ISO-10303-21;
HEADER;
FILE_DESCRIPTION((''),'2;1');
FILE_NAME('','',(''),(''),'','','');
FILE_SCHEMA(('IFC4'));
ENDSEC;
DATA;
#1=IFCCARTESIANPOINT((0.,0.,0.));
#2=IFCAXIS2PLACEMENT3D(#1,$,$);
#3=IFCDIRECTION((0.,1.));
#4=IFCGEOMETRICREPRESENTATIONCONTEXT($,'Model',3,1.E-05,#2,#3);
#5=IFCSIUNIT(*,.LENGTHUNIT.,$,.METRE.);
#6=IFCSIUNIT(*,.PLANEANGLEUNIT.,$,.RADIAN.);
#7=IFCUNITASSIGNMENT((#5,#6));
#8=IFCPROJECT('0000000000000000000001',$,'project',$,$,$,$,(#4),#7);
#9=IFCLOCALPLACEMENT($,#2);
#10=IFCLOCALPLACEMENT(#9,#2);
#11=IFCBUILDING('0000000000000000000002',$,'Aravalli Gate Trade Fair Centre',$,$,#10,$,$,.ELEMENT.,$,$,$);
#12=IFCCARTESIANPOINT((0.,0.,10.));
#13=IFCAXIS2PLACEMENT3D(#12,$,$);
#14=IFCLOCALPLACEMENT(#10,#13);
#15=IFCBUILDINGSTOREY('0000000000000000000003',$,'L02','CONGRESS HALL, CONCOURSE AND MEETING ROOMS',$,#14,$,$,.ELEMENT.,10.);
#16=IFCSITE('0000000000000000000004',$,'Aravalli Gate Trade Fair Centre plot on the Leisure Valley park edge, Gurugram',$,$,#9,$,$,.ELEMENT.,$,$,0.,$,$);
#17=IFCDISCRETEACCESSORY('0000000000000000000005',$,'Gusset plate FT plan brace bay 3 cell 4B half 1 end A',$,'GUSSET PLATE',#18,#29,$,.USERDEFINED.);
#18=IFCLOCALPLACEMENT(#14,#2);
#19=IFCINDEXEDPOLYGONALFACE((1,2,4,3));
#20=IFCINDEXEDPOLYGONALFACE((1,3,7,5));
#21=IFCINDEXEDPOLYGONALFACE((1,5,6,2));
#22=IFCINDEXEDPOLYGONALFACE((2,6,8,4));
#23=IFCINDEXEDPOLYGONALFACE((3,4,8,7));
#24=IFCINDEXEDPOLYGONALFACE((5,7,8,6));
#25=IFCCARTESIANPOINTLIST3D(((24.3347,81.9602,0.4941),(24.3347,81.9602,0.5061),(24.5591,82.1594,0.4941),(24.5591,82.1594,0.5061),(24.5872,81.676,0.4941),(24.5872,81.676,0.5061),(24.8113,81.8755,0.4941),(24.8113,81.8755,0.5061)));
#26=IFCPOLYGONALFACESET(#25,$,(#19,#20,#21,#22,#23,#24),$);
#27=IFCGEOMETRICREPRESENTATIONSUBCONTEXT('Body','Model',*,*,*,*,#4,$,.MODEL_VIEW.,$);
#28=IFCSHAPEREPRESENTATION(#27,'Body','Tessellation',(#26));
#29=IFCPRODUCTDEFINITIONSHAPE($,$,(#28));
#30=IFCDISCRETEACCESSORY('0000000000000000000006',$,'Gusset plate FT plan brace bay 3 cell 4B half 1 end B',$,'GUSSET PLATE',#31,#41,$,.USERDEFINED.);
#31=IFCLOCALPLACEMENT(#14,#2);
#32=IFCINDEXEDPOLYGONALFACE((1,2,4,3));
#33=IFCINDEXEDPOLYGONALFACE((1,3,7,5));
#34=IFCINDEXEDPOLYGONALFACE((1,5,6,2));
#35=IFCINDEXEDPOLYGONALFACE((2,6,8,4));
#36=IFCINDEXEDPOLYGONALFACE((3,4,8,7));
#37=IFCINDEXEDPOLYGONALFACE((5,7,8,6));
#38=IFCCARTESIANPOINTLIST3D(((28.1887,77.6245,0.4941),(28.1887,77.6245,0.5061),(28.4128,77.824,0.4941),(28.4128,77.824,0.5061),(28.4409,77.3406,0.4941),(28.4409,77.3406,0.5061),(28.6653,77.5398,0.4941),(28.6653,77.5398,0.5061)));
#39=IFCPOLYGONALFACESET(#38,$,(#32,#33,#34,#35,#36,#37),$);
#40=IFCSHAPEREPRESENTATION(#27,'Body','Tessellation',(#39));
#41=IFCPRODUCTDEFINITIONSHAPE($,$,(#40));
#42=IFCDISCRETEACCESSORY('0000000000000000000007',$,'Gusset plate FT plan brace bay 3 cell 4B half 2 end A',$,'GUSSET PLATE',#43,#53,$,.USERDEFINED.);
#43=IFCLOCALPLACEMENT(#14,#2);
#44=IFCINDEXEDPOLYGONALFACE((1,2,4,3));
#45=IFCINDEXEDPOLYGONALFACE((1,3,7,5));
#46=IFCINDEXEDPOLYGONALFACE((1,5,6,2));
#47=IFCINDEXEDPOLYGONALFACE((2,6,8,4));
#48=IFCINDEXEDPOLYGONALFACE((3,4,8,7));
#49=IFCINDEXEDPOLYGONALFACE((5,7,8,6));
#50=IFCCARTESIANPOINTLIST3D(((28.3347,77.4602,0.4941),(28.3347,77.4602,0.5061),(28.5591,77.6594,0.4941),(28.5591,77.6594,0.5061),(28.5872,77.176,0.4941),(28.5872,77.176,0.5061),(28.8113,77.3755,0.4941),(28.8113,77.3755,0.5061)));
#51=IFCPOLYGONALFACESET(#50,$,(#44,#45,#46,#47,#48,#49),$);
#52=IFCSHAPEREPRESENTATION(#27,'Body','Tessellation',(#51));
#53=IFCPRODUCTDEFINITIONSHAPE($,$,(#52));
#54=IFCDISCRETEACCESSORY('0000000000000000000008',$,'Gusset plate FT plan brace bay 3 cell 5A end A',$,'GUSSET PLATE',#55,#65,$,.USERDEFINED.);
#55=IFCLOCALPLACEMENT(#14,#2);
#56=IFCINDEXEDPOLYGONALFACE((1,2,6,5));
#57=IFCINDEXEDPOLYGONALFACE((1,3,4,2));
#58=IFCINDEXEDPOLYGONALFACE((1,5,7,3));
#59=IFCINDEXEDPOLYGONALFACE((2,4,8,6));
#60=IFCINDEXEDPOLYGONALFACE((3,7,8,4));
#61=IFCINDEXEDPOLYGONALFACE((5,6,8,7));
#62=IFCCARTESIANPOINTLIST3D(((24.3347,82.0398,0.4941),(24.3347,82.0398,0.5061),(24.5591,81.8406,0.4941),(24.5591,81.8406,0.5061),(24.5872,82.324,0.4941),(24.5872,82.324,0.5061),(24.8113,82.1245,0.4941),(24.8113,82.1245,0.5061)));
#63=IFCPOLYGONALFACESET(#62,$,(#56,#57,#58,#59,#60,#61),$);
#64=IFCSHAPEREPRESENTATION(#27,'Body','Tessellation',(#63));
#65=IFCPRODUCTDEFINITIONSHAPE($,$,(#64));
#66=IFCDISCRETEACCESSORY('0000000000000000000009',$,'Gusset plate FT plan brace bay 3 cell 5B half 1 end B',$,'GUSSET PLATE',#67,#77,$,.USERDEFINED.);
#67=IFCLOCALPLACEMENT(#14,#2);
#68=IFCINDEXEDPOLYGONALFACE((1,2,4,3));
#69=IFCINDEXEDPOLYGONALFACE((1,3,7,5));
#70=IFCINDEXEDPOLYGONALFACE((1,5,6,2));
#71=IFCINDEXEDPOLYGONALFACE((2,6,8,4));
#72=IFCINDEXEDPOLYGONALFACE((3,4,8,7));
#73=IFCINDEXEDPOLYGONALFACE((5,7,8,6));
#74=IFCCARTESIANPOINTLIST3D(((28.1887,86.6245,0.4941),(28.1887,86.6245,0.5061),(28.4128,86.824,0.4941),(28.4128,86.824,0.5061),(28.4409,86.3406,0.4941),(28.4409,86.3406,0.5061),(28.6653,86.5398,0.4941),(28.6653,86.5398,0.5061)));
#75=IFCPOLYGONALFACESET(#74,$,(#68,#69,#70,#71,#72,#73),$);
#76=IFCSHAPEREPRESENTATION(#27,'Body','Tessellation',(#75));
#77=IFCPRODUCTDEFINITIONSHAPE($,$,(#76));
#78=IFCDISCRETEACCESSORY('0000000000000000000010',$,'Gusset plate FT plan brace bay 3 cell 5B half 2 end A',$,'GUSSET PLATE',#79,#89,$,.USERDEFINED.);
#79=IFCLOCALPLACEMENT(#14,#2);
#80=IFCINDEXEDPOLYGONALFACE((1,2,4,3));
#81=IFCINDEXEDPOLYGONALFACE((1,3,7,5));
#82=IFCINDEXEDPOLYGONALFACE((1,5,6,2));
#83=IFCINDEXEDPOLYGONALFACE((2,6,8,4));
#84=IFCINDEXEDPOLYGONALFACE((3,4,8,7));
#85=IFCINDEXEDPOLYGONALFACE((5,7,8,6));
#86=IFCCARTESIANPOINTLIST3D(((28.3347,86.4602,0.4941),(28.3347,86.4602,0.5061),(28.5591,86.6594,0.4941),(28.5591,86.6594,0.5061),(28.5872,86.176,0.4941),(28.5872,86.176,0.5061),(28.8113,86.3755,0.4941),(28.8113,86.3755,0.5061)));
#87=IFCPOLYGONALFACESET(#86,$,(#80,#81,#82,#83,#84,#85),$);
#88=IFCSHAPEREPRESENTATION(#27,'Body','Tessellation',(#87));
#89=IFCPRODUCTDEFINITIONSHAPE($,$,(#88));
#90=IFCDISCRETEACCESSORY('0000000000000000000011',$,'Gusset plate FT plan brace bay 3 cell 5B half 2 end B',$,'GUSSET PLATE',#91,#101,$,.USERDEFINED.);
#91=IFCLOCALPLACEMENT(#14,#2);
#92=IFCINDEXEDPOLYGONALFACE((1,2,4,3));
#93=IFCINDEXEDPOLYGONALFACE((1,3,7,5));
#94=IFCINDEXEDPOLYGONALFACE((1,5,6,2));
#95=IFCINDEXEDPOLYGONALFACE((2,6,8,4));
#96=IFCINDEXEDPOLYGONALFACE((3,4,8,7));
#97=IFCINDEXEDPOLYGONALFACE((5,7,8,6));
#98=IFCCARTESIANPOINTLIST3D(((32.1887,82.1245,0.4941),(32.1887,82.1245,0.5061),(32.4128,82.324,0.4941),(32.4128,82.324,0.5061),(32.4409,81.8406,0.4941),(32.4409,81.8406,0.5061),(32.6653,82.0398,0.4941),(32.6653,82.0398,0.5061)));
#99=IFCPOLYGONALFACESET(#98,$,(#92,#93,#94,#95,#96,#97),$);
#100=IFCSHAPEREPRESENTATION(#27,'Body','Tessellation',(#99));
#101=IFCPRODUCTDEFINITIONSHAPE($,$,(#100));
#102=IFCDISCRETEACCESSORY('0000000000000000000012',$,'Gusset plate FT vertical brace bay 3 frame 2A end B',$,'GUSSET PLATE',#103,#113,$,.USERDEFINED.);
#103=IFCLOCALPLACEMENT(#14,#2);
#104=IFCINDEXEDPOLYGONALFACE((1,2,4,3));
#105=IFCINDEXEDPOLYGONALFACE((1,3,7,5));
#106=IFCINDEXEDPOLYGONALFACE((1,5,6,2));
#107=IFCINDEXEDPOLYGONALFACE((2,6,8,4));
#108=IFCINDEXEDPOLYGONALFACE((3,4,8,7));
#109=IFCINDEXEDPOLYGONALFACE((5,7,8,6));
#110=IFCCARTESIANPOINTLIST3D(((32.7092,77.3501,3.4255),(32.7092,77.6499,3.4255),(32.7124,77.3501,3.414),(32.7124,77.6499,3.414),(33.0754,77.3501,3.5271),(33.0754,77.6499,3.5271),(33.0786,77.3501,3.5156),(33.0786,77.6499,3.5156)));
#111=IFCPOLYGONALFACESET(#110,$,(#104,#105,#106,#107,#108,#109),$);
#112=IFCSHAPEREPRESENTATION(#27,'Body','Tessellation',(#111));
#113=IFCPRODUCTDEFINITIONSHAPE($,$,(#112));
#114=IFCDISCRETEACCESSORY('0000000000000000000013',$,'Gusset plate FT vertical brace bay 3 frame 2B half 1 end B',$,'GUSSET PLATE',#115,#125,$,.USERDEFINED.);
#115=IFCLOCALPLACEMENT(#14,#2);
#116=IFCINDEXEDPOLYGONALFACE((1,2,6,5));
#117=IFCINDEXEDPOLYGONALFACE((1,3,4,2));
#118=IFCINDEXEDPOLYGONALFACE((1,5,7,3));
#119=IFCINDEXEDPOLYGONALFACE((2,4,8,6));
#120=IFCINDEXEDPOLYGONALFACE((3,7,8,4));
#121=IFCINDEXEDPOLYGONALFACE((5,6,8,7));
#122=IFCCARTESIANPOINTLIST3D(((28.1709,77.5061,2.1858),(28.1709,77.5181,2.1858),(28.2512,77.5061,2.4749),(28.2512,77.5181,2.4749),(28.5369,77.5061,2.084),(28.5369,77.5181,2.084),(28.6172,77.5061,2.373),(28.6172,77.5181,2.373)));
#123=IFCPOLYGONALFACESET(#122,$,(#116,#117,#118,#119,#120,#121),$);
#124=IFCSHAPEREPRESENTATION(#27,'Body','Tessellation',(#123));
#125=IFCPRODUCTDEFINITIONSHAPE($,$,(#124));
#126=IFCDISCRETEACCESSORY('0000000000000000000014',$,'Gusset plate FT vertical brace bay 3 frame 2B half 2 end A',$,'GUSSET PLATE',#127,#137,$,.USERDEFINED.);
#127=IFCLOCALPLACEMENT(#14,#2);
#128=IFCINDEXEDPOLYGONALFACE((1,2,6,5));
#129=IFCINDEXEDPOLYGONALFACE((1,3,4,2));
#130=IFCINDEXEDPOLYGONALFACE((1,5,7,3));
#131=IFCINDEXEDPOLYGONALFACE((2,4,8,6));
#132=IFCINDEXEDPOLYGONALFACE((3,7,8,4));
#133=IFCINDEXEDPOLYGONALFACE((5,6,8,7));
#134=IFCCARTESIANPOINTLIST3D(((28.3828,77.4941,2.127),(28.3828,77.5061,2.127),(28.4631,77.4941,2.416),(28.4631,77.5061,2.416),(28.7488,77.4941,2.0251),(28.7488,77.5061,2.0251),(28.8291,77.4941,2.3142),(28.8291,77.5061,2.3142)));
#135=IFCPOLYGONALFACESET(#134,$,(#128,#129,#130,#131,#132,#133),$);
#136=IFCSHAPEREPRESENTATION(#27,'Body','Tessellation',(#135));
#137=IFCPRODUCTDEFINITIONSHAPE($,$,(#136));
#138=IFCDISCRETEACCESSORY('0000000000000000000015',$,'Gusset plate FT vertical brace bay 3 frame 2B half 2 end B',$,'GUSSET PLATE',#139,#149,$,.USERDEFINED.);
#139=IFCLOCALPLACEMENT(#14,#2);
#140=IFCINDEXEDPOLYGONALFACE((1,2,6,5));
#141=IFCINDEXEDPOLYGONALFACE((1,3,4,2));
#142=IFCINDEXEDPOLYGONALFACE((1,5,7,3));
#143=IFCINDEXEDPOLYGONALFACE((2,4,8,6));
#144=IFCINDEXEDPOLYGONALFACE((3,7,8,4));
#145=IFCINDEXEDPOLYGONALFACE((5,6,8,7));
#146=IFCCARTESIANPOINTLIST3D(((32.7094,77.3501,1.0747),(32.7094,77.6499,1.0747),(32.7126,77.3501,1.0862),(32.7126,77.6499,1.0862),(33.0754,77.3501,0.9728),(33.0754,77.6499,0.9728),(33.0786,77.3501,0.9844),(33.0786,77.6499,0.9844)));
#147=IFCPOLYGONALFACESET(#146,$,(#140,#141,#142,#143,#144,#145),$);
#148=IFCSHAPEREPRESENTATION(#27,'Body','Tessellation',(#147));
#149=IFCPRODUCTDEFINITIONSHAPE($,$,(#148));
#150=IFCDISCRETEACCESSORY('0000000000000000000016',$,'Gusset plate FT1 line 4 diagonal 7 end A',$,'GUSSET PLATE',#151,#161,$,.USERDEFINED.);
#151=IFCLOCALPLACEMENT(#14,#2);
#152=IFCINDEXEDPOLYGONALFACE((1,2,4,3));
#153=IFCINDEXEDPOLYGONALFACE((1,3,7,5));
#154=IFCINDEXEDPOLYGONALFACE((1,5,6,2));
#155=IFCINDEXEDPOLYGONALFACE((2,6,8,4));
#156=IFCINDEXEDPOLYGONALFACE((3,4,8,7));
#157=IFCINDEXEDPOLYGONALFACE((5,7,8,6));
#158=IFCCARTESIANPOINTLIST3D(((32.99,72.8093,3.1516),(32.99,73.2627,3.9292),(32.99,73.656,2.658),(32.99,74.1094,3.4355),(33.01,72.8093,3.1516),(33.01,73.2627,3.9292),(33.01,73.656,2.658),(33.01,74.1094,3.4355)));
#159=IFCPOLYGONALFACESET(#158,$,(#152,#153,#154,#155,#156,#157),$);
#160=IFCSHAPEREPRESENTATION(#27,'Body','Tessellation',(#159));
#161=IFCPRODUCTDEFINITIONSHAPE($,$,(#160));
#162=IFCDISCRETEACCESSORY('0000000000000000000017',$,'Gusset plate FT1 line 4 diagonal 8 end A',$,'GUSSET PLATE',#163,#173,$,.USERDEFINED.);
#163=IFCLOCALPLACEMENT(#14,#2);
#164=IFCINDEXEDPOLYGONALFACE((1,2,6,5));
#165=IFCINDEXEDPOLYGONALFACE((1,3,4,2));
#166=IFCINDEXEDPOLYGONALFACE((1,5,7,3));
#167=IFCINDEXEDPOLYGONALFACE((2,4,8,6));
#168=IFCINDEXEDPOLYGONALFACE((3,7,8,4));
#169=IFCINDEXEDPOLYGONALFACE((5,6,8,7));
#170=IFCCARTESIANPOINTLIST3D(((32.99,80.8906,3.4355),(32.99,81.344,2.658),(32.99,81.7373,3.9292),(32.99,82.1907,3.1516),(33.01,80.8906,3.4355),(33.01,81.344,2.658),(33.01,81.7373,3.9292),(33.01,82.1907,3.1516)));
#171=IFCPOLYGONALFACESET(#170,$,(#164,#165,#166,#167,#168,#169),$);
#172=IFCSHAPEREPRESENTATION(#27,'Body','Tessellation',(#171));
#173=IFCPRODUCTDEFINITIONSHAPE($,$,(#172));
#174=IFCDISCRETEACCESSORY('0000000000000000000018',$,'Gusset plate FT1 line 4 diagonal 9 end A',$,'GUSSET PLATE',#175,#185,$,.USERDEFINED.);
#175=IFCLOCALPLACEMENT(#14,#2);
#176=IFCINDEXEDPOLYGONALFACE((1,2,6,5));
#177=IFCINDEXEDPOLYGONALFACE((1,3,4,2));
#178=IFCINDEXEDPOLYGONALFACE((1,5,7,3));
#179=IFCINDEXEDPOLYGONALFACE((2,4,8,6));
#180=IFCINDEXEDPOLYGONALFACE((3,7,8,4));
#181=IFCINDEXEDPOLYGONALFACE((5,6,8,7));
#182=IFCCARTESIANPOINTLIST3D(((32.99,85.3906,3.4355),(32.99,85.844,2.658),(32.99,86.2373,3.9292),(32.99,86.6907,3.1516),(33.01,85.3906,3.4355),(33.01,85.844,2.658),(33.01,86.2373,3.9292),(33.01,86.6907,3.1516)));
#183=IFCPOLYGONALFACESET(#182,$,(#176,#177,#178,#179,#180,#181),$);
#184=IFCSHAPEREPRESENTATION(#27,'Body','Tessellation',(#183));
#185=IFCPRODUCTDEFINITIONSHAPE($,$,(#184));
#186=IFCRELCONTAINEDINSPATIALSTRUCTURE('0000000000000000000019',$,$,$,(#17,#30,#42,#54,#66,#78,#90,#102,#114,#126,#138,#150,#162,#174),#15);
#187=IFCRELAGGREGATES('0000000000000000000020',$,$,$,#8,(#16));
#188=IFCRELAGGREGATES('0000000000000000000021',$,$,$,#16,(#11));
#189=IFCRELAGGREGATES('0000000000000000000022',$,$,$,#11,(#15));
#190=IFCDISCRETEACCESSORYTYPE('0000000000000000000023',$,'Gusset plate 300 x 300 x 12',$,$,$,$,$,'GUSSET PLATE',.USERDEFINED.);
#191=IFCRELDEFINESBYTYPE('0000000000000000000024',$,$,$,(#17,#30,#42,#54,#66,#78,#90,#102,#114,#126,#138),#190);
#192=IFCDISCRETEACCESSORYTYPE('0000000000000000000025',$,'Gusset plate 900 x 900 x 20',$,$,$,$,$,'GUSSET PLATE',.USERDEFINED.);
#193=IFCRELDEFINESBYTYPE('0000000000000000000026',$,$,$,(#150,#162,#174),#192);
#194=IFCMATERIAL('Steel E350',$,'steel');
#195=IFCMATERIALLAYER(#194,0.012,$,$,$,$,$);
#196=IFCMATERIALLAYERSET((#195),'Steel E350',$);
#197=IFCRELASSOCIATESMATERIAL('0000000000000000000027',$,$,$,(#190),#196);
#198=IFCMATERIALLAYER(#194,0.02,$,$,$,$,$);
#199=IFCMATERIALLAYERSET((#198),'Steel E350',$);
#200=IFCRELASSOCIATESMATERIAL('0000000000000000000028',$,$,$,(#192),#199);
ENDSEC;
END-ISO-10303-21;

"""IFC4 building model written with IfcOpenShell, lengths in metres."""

from ifc_helpers import new_model, si_unit, direction, frame, origin, place, context, subcontext, project, spatial, polyline, outline, extrude, material, layer, layer_set, type_object, element, save


model = new_model("IFC4")

# Units and contexts
model_context = context("Model", 3, precision=1e-05, world=origin(), true_north=direction((0.0, 1.0)))
body_context = subcontext(model_context, "Body", "Model", "MODEL_VIEW")
ifc_project = project(units=[si_unit("LENGTHUNIT", "METRE"), si_unit("PLANEANGLEUNIT", "RADIAN")], contexts=[model_context])

# Site, building, storey
site_placement = place(None, origin())
site = spatial("IfcSite", under=ifc_project, at=site_placement, Name="Aravalli Gate Trade Fair Centre plot on the Leisure Valley park edge, Gurugram", CompositionType="ELEMENT", RefElevation=0.0)
building_placement = place(site_placement, origin())
building = spatial("IfcBuilding", under=site, at=building_placement, Name="Aravalli Gate Trade Fair Centre", CompositionType="ELEMENT")
storey_placement = place(building_placement, frame((0.0, 0.0, 10.0)))
storey = spatial("IfcBuildingStorey", under=building, at=storey_placement, Name="L02", Description="CONGRESS HALL, CONCOURSE AND MEETING ROOMS", CompositionType="ELEMENT", Elevation=10.0)

# Shared definitions
ifc_material = material(Name="Steel E350", Category="steel")

# Discrete accessories
ifc_layer_1 = layer(ifc_material, 0.012)
ifc_layer_set_1 = layer_set([ifc_layer_1], Name="Steel E350")
discrete_accessory_type_1 = type_object("IfcDiscreteAccessoryType", Name="Gusset plate 300 x 300 x 12", ElementType="GUSSET PLATE", PredefinedType="USERDEFINED", material=ifc_layer_set_1)
discrete_accessory_1_placement = place(storey_placement, frame((24.5872, 81.676, 0.5061), z_axis=(0.0, 0.0, 1.0), x_axis=(-0.664125, 0.747622, 0.0)))
element("IfcDiscreteAccessory", 1, at=discrete_accessory_1_placement, inside=storey, type_object=discrete_accessory_type_1, Name="Gusset plate FT plan brace bay 3 cell 4B half 1 end A", ObjectType="GUSSET PLATE", PredefinedType="USERDEFINED", context=body_context, shape_type="SweptSolid", body=[
    extrude(outline(polyline([(0.0, 0.0), (0.3801, 0.0), (0.38, -0.3), (0.0003, -0.3), (0.0, 0.0)])), origin(), (0.0, 0.0, -1.0), 0.012),
])
discrete_accessory_2_placement = place(storey_placement, frame((28.1887, 77.6245, 0.5061), z_axis=(0.0, 0.0, 1.0), x_axis=(0.664084, -0.747658, 0.0)))
element("IfcDiscreteAccessory", 2, at=discrete_accessory_2_placement, inside=storey, type_object=discrete_accessory_type_1, Name="Gusset plate FT plan brace bay 3 cell 4B half 1 end B", ObjectType="GUSSET PLATE", PredefinedType="USERDEFINED", context=body_context, shape_type="SweptSolid", body=[
    extrude(outline(polyline([(0.0, 0.0), (0.3798, 0.0), (0.3798, 0.3), (-0.0003, 0.3), (0.0, 0.0)])), origin(), (0.0, 0.0, -1.0), 0.012),
])
discrete_accessory_3_placement = place(storey_placement, frame((28.5872, 77.176, 0.5061), z_axis=(0.0, 0.0, 1.0), x_axis=(-0.664125, 0.747622, 0.0)))
element("IfcDiscreteAccessory", 3, at=discrete_accessory_3_placement, inside=storey, type_object=discrete_accessory_type_1, Name="Gusset plate FT plan brace bay 3 cell 4B half 2 end A", ObjectType="GUSSET PLATE", PredefinedType="USERDEFINED", context=body_context, shape_type="SweptSolid", body=[
    extrude(outline(polyline([(0.0, 0.0), (0.3801, 0.0), (0.38, -0.3), (0.0003, -0.3), (0.0, 0.0)])), origin(), (0.0, 0.0, -1.0), 0.012),
])
discrete_accessory_4_placement = place(storey_placement, frame((24.8113, 82.1245, 0.5061), z_axis=(0.0, 0.0, 1.0), x_axis=(-0.664084, -0.747658, 0.0)))
element("IfcDiscreteAccessory", 4, at=discrete_accessory_4_placement, inside=storey, type_object=discrete_accessory_type_1, Name="Gusset plate FT plan brace bay 3 cell 5A end A", ObjectType="GUSSET PLATE", PredefinedType="USERDEFINED", context=body_context, shape_type="SweptSolid", body=[
    extrude(outline(polyline([(0.0, 0.0), (0.3798, 0.0), (0.3798, -0.3), (-0.0003, -0.3), (0.0, 0.0)])), origin(), (0.0, 0.0, -1.0), 0.012),
])
discrete_accessory_5_placement = place(storey_placement, frame((28.1887, 86.6245, 0.5061), z_axis=(0.0, 0.0, 1.0), x_axis=(0.664084, -0.747658, 0.0)))
element("IfcDiscreteAccessory", 5, at=discrete_accessory_5_placement, inside=storey, type_object=discrete_accessory_type_1, Name="Gusset plate FT plan brace bay 3 cell 5B half 1 end B", ObjectType="GUSSET PLATE", PredefinedType="USERDEFINED", context=body_context, shape_type="SweptSolid", body=[
    extrude(outline(polyline([(0.0, 0.0), (0.3798, 0.0), (0.3798, 0.3), (-0.0003, 0.3), (0.0, 0.0)])), origin(), (0.0, 0.0, -1.0), 0.012),
])
discrete_accessory_6_placement = place(storey_placement, frame((28.5872, 86.176, 0.5061), z_axis=(0.0, 0.0, 1.0), x_axis=(-0.664125, 0.747622, 0.0)))
element("IfcDiscreteAccessory", 6, at=discrete_accessory_6_placement, inside=storey, type_object=discrete_accessory_type_1, Name="Gusset plate FT plan brace bay 3 cell 5B half 2 end A", ObjectType="GUSSET PLATE", PredefinedType="USERDEFINED", context=body_context, shape_type="SweptSolid", body=[
    extrude(outline(polyline([(0.0, 0.0), (0.3801, 0.0), (0.38, -0.3), (0.0003, -0.3), (0.0, 0.0)])), origin(), (0.0, 0.0, -1.0), 0.012),
])
discrete_accessory_7_placement = place(storey_placement, frame((32.1887, 82.1245, 0.5061), z_axis=(0.0, 0.0, 1.0), x_axis=(0.664084, -0.747658, 0.0)))
element("IfcDiscreteAccessory", 7, at=discrete_accessory_7_placement, inside=storey, type_object=discrete_accessory_type_1, Name="Gusset plate FT plan brace bay 3 cell 5B half 2 end B", ObjectType="GUSSET PLATE", PredefinedType="USERDEFINED", context=body_context, shape_type="SweptSolid", body=[
    extrude(outline(polyline([(0.0, 0.0), (0.3798, 0.0), (0.3798, 0.3), (-0.0003, 0.3), (0.0, 0.0)])), origin(), (0.0, 0.0, -1.0), 0.012),
])
discrete_accessory_8_placement = place(storey_placement, frame((32.7092, 77.3501, 3.4255), z_axis=(-0.267246, 0.0, 0.963628), x_axis=(0.963628, 0.0, 0.267246)))
element("IfcDiscreteAccessory", 8, at=discrete_accessory_8_placement, inside=storey, type_object=discrete_accessory_type_1, Name="Gusset plate FT vertical brace bay 3 frame 2A end B", ObjectType="GUSSET PLATE", PredefinedType="USERDEFINED", context=body_context, shape_type="SweptSolid", body=[
    extrude(outline(polyline([(0.0, 0.0), (0.38, 0.0), (0.38, 0.2998), (0.0, 0.2998), (0.0, 0.0)])), origin(), (0.0, 0.0, -1.0), 0.012),
])
discrete_accessory_9_placement = place(storey_placement, frame((28.1709, 77.5061, 2.1858), z_axis=(0.0, -1.0, 0.0), x_axis=(0.963417, 0.0, -0.268008)))
element("IfcDiscreteAccessory", 9, at=discrete_accessory_9_placement, inside=storey, type_object=discrete_accessory_type_1, Name="Gusset plate FT vertical brace bay 3 frame 2B half 1 end B", ObjectType="GUSSET PLATE", PredefinedType="USERDEFINED", context=body_context, shape_type="SweptSolid", body=[
    extrude(outline(polyline([(0.0, 0.0), (0.3799, 0.0), (0.3798, 0.3), (-0.0001, 0.3), (0.0, 0.0)])), origin(), (0.0, 0.0, -1.0), 0.012),
])
discrete_accessory_10_placement = place(storey_placement, frame((28.7488, 77.5061, 2.0251), z_axis=(0.0, 1.0, 0.0), x_axis=(-0.963417, 0.0, 0.268008)))
element("IfcDiscreteAccessory", 10, at=discrete_accessory_10_placement, inside=storey, type_object=discrete_accessory_type_1, Name="Gusset plate FT vertical brace bay 3 frame 2B half 2 end A", ObjectType="GUSSET PLATE", PredefinedType="USERDEFINED", context=body_context, shape_type="SweptSolid", body=[
    extrude(outline(polyline([(0.0, 0.0), (0.3799, 0.0), (0.38, 0.3), (0.0001, 0.3), (0.0, 0.0)])), origin(), (0.0, 0.0, -1.0), 0.012),
])
discrete_accessory_11_placement = place(storey_placement, frame((32.7126, 77.3501, 1.0862), z_axis=(0.268008, 0.0, 0.963417), x_axis=(0.963417, 0.0, -0.268008)))
element("IfcDiscreteAccessory", 11, at=discrete_accessory_11_placement, inside=storey, type_object=discrete_accessory_type_1, Name="Gusset plate FT vertical brace bay 3 frame 2B half 2 end B", ObjectType="GUSSET PLATE", PredefinedType="USERDEFINED", context=body_context, shape_type="SweptSolid", body=[
    extrude(outline(polyline([(0.0, 0.0), (0.3799, 0.0), (0.3799, 0.2998), (0.0, 0.2998), (0.0, 0.0)])), origin(), (0.0, 0.0, -1.0), 0.012),
])
ifc_layer_2 = layer(ifc_material, 0.02)
ifc_layer_set_2 = layer_set([ifc_layer_2], Name="Steel E350")
discrete_accessory_type_2 = type_object("IfcDiscreteAccessoryType", Name="Gusset plate 900 x 900 x 20", ElementType="GUSSET PLATE", PredefinedType="USERDEFINED", material=ifc_layer_set_2)
discrete_accessory_12_placement = place(storey_placement, frame((32.99, 73.656, 2.658), z_axis=(-1.0, 0.0, 0.0), x_axis=(0.0, -0.863887, 0.503685)))
element("IfcDiscreteAccessory", 12, at=discrete_accessory_12_placement, inside=storey, type_object=discrete_accessory_type_2, Name="Gusset plate FT1 line 4 diagonal 7 end A", ObjectType="GUSSET PLATE", PredefinedType="USERDEFINED", context=body_context, shape_type="SweptSolid", body=[
    extrude(outline(polyline([(0.0, 0.0), (0.9801, 0.0), (0.9801, 0.9001), (0.0, 0.9001), (0.0, 0.0)])), origin(), (0.0, 0.0, -1.0), 0.02),
])
for number, where, z_axis, x_axis, name in (
    (13, (32.99, 80.8906, 3.4355), (-1.0, 0.0, 0.0), (0.0, 0.863887, 0.503685), "Gusset plate FT1 line 4 diagonal 8 end A"),
    (14, (32.99, 85.3906, 3.4355), (-1.0, 0.0, 0.0), (0.0, 0.863887, 0.503685), "Gusset plate FT1 line 4 diagonal 9 end A"),
):
    element("IfcDiscreteAccessory", number, at=place(storey_placement, frame(where, z_axis=z_axis, x_axis=x_axis)), inside=storey, type_object=discrete_accessory_type_2, Name=name, ObjectType="GUSSET PLATE", PredefinedType="USERDEFINED", context=body_context, shape_type="SweptSolid", body=[
        extrude(outline(polyline([(0.0, 0.0), (0.9801, 0.0), (0.9801, 0.9001), (0.0, 0.9001), (0.0, 0.0)])), origin(), (0.0, 0.0, -1.0), 0.02),
    ])

save(model, "model.ifc")
